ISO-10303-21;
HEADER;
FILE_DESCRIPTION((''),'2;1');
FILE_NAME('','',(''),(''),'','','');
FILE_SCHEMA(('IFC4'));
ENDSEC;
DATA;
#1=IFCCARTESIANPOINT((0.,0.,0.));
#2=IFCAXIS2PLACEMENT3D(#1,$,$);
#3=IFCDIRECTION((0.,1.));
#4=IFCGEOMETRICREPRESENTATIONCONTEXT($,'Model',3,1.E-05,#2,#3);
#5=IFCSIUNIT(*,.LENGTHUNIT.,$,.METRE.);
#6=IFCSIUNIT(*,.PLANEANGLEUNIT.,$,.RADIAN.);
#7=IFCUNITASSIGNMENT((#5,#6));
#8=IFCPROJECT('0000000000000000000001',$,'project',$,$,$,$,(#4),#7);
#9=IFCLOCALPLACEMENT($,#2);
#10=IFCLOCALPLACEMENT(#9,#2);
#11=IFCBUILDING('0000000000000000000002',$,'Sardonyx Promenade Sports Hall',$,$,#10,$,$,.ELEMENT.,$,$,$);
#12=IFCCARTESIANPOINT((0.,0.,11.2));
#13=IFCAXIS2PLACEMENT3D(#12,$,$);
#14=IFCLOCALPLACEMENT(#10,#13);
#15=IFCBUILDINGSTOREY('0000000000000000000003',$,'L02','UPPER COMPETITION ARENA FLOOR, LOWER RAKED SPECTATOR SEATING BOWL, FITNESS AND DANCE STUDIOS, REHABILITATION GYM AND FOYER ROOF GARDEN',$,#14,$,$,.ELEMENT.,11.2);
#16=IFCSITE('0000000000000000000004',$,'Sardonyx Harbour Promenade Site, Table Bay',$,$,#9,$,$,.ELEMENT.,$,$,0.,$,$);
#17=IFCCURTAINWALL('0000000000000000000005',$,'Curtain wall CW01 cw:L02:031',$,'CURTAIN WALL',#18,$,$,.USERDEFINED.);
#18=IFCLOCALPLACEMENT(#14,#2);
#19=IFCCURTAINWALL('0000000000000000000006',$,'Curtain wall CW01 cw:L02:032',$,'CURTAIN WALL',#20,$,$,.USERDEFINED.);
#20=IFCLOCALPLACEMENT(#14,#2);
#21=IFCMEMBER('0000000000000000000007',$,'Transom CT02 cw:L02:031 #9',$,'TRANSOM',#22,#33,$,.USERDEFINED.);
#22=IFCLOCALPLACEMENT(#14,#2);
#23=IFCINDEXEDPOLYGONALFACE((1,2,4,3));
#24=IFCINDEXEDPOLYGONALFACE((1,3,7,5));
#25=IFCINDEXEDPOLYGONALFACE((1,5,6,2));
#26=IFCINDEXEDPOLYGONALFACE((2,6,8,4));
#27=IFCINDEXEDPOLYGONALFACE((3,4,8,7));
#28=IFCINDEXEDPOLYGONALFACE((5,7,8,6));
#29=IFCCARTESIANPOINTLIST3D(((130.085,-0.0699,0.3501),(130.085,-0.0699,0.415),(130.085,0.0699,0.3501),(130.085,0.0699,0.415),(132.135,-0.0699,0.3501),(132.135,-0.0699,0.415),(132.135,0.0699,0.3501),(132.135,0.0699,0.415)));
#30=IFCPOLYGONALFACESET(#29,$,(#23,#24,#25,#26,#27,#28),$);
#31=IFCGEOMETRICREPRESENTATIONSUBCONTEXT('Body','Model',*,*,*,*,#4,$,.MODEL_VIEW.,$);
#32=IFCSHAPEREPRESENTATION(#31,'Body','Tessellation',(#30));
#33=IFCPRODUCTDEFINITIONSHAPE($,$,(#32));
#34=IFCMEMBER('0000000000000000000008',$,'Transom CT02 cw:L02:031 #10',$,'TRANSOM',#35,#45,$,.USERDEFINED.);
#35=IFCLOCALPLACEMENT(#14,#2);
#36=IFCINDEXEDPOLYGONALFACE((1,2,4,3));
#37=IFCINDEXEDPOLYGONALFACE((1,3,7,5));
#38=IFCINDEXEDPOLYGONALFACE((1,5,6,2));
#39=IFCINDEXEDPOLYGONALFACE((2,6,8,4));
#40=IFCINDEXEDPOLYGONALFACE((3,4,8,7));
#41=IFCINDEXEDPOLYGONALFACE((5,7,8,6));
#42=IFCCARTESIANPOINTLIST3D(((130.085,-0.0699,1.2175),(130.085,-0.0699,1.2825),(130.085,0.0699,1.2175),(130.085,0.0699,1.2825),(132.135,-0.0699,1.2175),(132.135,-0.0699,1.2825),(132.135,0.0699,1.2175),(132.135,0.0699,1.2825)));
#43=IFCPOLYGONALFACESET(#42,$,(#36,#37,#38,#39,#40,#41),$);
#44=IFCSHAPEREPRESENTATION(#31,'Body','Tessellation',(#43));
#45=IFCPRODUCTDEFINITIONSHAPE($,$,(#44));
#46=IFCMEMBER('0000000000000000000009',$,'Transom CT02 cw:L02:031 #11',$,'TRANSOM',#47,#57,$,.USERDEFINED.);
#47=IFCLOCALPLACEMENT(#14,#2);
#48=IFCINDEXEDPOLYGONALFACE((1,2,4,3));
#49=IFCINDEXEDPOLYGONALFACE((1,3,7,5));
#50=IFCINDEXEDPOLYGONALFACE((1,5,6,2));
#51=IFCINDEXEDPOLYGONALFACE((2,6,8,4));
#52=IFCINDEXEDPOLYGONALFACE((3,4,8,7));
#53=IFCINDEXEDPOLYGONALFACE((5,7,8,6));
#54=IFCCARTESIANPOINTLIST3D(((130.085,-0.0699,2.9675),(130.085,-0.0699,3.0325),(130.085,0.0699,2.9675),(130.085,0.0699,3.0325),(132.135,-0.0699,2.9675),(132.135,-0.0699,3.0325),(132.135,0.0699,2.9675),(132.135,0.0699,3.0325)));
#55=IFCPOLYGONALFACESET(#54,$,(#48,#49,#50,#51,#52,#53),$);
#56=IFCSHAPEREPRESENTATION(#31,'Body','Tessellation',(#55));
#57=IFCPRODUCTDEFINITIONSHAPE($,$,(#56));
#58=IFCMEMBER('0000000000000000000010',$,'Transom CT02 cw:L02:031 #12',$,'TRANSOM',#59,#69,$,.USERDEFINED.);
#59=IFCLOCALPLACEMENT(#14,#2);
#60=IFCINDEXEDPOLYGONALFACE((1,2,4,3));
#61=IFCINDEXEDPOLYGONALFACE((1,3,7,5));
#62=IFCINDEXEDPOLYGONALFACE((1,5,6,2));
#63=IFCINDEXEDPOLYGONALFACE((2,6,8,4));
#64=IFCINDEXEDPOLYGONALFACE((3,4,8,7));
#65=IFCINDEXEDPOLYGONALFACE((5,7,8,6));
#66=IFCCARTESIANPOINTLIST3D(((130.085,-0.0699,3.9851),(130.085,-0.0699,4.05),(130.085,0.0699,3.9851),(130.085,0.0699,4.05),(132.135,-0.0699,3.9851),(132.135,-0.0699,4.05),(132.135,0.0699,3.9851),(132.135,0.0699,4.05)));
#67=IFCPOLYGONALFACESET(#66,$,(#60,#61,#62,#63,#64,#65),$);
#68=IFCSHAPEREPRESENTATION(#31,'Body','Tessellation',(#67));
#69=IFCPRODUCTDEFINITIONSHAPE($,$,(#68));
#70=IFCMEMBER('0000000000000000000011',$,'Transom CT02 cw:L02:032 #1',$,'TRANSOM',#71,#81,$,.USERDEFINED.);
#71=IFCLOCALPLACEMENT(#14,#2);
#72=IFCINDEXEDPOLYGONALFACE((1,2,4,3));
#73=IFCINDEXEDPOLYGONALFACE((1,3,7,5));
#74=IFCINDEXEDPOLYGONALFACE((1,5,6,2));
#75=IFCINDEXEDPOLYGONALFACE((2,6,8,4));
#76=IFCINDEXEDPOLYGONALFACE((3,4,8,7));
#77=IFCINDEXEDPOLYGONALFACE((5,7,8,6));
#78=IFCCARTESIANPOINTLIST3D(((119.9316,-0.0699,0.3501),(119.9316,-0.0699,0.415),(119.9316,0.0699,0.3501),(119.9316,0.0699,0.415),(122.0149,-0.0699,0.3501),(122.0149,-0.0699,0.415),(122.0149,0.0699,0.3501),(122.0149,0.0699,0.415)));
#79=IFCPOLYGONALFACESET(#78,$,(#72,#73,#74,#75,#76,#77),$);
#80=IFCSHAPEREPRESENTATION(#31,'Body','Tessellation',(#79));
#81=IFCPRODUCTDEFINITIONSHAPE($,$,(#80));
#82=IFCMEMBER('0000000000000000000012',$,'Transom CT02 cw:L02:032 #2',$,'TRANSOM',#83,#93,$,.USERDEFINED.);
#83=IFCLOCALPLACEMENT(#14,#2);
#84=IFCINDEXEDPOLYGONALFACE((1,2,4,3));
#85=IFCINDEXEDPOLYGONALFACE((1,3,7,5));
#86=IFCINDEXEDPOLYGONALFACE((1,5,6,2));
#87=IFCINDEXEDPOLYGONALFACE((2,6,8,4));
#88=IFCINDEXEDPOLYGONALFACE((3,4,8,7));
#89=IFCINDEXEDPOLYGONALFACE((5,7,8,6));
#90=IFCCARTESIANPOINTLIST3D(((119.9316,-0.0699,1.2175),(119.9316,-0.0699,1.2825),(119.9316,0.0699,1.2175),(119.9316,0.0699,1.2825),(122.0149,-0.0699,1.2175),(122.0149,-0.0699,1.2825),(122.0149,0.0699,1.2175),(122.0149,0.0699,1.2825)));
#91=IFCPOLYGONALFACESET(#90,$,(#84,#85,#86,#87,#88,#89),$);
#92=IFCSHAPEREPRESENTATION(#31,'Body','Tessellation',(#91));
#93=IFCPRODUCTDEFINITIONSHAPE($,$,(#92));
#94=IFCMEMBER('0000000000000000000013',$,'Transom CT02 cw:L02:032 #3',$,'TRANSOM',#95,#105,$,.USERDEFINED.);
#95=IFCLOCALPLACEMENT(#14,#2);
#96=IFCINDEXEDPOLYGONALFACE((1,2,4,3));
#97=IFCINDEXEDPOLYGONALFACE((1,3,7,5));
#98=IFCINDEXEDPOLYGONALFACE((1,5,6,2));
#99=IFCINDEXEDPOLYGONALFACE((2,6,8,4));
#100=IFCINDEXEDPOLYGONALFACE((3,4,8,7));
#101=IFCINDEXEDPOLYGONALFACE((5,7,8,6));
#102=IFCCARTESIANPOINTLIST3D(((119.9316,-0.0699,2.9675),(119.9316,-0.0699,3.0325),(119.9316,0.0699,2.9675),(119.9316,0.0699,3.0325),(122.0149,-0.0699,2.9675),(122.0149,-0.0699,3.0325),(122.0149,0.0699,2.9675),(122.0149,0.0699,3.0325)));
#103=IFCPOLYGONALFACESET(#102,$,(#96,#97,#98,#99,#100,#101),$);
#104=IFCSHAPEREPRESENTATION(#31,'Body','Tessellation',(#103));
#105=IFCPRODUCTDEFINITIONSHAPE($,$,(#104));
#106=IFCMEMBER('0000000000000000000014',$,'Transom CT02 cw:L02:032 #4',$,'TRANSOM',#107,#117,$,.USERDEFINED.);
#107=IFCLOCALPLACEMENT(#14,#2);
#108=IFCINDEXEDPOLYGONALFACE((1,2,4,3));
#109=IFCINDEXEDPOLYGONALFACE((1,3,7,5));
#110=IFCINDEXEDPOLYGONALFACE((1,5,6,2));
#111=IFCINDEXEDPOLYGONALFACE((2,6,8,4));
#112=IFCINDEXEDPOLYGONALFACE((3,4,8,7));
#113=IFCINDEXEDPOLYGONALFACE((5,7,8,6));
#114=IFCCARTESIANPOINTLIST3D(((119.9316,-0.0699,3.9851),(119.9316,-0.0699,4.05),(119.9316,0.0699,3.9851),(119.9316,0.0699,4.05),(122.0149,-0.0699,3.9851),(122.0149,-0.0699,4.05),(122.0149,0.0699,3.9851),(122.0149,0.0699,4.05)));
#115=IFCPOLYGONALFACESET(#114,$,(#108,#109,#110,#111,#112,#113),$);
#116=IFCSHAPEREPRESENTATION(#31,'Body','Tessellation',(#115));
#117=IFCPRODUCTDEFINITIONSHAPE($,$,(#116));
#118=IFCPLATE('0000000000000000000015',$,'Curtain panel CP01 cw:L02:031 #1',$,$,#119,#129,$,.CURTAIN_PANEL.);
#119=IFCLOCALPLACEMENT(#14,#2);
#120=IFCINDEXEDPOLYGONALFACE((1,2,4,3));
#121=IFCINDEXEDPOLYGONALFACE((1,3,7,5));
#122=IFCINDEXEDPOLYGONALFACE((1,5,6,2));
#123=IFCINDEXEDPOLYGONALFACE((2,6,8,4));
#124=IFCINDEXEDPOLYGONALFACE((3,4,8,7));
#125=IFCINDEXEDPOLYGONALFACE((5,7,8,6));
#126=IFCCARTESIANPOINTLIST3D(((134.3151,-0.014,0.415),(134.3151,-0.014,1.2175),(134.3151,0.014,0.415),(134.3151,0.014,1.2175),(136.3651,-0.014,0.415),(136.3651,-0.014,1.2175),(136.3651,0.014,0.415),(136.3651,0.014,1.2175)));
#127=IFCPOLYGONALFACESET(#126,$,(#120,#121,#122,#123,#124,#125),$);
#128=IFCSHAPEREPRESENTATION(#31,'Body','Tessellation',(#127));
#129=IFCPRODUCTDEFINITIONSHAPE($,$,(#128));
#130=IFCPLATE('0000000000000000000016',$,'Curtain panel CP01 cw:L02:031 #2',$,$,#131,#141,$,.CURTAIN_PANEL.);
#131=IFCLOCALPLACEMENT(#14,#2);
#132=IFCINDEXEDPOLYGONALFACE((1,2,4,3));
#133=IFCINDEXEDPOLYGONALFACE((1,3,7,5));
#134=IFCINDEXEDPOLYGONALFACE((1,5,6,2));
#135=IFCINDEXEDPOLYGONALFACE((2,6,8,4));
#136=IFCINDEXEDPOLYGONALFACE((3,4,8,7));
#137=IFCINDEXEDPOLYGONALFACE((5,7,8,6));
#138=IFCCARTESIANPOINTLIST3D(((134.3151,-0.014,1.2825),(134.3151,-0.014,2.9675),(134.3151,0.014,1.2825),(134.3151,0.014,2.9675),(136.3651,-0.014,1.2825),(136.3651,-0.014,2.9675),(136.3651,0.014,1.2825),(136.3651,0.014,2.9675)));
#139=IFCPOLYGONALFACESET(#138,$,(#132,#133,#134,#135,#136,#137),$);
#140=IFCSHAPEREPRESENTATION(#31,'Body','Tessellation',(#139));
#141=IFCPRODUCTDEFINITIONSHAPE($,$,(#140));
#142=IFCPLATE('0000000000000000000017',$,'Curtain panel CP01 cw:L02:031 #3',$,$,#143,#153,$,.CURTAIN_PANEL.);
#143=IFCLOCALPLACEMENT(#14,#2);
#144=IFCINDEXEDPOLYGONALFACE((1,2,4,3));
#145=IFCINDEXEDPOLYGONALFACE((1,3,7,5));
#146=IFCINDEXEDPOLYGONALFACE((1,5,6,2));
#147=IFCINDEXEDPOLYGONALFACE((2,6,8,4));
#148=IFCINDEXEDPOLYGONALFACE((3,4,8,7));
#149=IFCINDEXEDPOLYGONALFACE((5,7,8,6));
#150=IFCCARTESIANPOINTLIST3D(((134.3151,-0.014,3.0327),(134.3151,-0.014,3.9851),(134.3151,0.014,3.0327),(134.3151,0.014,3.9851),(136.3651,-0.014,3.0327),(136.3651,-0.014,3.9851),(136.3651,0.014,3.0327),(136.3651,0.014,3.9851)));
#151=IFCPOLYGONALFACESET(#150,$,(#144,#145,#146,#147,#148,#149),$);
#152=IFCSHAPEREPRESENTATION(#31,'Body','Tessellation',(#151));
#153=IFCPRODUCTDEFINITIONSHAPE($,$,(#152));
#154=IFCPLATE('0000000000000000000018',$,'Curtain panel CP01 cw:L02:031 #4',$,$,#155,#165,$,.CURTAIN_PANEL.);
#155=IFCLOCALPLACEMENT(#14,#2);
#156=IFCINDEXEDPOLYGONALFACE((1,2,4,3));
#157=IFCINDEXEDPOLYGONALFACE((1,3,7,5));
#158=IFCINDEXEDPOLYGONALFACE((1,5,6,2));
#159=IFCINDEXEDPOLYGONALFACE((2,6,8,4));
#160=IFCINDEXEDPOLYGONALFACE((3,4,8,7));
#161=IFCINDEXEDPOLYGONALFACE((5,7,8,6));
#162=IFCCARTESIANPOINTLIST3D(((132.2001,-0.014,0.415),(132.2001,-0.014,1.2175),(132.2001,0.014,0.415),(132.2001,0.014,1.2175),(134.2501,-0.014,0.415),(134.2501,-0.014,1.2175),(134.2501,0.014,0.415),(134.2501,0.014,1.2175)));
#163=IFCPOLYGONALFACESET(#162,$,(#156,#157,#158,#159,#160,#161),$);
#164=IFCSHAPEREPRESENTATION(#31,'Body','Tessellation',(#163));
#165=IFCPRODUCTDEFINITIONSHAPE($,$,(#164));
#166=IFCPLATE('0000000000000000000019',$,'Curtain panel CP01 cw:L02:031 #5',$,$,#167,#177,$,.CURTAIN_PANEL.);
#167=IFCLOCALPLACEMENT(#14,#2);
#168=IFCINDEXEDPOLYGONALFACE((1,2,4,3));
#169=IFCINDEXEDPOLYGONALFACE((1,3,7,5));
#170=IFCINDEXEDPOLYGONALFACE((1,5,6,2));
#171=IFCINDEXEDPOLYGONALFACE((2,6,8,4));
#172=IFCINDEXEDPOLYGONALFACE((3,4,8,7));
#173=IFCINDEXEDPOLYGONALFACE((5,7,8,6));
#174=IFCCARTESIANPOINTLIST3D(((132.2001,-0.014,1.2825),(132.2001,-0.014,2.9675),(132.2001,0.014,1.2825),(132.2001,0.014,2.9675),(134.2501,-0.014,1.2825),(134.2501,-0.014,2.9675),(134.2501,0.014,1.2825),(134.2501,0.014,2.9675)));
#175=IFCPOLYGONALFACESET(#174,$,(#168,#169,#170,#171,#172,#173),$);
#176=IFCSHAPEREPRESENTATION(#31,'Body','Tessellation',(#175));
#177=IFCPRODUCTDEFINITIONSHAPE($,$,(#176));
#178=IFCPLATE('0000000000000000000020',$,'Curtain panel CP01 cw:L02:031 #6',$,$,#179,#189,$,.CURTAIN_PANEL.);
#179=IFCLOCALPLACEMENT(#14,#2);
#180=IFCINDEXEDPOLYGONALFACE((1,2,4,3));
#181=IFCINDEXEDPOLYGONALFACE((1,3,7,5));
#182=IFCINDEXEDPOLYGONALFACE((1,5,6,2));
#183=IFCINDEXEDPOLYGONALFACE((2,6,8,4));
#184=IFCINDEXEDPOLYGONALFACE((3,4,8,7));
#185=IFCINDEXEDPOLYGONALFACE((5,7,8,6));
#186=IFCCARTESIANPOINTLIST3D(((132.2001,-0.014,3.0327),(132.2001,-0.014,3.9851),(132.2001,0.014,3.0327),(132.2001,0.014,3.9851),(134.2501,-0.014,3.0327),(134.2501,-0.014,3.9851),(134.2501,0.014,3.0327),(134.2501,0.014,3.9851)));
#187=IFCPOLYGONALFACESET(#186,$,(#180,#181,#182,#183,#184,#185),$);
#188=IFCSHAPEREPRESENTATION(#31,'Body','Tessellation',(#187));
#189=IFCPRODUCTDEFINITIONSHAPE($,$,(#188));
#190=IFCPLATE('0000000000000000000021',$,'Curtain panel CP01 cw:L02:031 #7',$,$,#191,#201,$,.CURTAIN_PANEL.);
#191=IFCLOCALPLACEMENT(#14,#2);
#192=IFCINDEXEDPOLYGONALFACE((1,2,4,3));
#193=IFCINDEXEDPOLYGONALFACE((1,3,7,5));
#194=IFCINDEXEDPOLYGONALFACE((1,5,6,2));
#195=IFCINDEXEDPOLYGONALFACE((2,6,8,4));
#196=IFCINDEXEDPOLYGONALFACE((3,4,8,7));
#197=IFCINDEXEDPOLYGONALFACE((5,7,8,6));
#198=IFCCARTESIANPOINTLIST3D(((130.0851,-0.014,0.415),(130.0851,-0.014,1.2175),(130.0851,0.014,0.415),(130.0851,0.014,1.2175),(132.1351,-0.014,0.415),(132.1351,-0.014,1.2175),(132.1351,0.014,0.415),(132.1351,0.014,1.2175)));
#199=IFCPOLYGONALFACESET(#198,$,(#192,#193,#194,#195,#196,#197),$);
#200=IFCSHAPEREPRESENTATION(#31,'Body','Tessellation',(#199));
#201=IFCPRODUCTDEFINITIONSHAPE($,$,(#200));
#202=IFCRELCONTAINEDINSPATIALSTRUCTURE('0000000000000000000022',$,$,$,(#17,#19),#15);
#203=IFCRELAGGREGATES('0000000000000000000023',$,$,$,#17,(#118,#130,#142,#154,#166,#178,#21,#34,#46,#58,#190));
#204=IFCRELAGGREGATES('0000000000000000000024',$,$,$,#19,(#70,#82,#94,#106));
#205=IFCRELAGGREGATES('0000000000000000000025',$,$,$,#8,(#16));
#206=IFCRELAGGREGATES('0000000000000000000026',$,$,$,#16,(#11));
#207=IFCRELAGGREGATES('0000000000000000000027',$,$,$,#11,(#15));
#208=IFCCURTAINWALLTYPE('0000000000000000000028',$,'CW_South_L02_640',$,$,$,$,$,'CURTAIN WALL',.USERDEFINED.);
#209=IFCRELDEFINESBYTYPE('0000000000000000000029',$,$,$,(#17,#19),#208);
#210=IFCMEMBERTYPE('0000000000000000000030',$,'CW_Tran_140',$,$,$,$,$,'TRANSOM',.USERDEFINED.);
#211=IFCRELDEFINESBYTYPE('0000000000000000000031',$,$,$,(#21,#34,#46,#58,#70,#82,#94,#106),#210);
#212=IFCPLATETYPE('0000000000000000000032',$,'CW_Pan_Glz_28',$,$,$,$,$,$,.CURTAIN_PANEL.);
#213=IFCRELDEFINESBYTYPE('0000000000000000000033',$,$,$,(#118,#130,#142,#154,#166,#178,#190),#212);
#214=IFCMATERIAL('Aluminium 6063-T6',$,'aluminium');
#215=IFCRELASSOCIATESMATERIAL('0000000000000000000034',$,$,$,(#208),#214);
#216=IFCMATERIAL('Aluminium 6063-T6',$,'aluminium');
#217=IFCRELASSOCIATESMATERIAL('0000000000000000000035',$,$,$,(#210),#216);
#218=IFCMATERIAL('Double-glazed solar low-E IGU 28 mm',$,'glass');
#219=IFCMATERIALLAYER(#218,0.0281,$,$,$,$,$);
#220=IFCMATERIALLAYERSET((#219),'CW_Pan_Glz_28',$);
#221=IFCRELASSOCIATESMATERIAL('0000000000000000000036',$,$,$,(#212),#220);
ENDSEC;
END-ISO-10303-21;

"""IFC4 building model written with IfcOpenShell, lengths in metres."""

from ifc_helpers import new_model, si_unit, direction, frame, origin, origin_2d, place, context, subcontext, project, spatial, rectangle, extrude, material, layer, layer_set, material_profile, profile_set, type_object, element, aggregate, save


model = new_model("IFC4")

# Units and contexts
model_context = context("Model", 3, precision=1e-05, world=origin(), true_north=direction((0.0, 1.0)))
body_context = subcontext(model_context, "Body", "Model", "MODEL_VIEW")
ifc_project = project(units=[si_unit("LENGTHUNIT", "METRE"), si_unit("PLANEANGLEUNIT", "RADIAN")], contexts=[model_context])

# Site, building, storey
site_placement = place(None, origin())
site = spatial("IfcSite", under=ifc_project, at=site_placement, Name="Sardonyx Harbour Promenade Site, Table Bay", CompositionType="ELEMENT", RefElevation=0.0)
building_placement = place(site_placement, origin())
building = spatial("IfcBuilding", under=site, at=building_placement, Name="Sardonyx Promenade Sports Hall", CompositionType="ELEMENT")
storey_placement = place(building_placement, frame((0.0, 0.0, 11.2)))
storey = spatial("IfcBuildingStorey", under=building, at=storey_placement, Name="L02", Description="UPPER COMPETITION ARENA FLOOR, LOWER RAKED SPECTATOR SEATING BOWL, FITNESS AND DANCE STUDIOS, REHABILITATION GYM AND FOYER ROOF GARDEN", CompositionType="ELEMENT", Elevation=11.2)

# Curtain wall
ifc_material_1 = material(Name="Aluminium 6063-T6", Category="aluminium")
curtain_wall_type = type_object("IfcCurtainWallType", Name="CW_South_L02_640", ElementType="CURTAIN WALL", PredefinedType="USERDEFINED", material=ifc_material_1)
curtain_wall_1_placement = place(storey_placement, origin())
curtain_wall_1 = element("IfcCurtainWall", 1, at=curtain_wall_1_placement, inside=storey, type_object=curtain_wall_type, Name="Curtain wall CW01 cw:L02:031", ObjectType="CURTAIN WALL", PredefinedType="USERDEFINED")

# Curtain wall
curtain_wall_2_placement = place(storey_placement, origin())
curtain_wall_2 = element("IfcCurtainWall", 2, at=curtain_wall_2_placement, inside=storey, type_object=curtain_wall_type, Name="Curtain wall CW01 cw:L02:032", ObjectType="CURTAIN WALL", PredefinedType="USERDEFINED")

# Members
ifc_material_2 = material(Name="Aluminium 6063-T6", Category="aluminium")
ifc_material_profile_1 = material_profile(ifc_material_2, rectangle(XDim=0.0649, YDim=0.1399, at=origin_2d()))
ifc_profile_set_1 = profile_set([ifc_material_profile_1], Name="Aluminium 6063-T6")
member_type_1 = type_object("IfcMemberType", Name="CW_Tran_140", ElementType="TRANSOM", PredefinedType="USERDEFINED", material=ifc_profile_set_1)
member_1_placement = place(storey_placement, frame((132.135, 0.0, 0.3826), z_axis=(-1.0, 0.0, 0.0), x_axis=(0.0, 0.0, 1.0)))
member_1 = element("IfcMember", 3, at=member_1_placement, type_object=member_type_1, Name="Transom CT02 cw:L02:031 #9", ObjectType="TRANSOM", PredefinedType="USERDEFINED", context=body_context, shape_type="SweptSolid", body=[
    extrude(rectangle(XDim=0.0649, YDim=0.1399, at=origin_2d()), origin(), (0.0, 0.0, 1.0), 2.05),
])
member_2_placement = place(storey_placement, frame((132.135, 0.0, 1.25), z_axis=(-1.0, 0.0, 0.0), x_axis=(0.0, 0.0, 1.0)))
member_2 = element("IfcMember", 4, at=member_2_placement, type_object=member_type_1, Name="Transom CT02 cw:L02:031 #10", ObjectType="TRANSOM", PredefinedType="USERDEFINED", context=body_context, shape_type="SweptSolid", body=[
    extrude(rectangle(XDim=0.0649, YDim=0.1399, at=origin_2d()), origin(), (0.0, 0.0, 1.0), 2.05),
])
member_3_placement = place(storey_placement, frame((132.135, 0.0, 3.0), z_axis=(-1.0, 0.0, 0.0), x_axis=(0.0, 0.0, 1.0)))
member_3 = element("IfcMember", 5, at=member_3_placement, type_object=member_type_1, Name="Transom CT02 cw:L02:031 #11", ObjectType="TRANSOM", PredefinedType="USERDEFINED", context=body_context, shape_type="SweptSolid", body=[
    extrude(rectangle(XDim=0.0649, YDim=0.1399, at=origin_2d()), origin(), (0.0, 0.0, 1.0), 2.05),
])
member_4_placement = place(storey_placement, frame((132.135, 0.0, 4.0176), z_axis=(-1.0, 0.0, 0.0), x_axis=(0.0, 0.0, 1.0)))
member_4 = element("IfcMember", 6, at=member_4_placement, type_object=member_type_1, Name="Transom CT02 cw:L02:031 #12", ObjectType="TRANSOM", PredefinedType="USERDEFINED", context=body_context, shape_type="SweptSolid", body=[
    extrude(rectangle(XDim=0.0649, YDim=0.1399, at=origin_2d()), origin(), (0.0, 0.0, 1.0), 2.05),
])
member_5_placement = place(storey_placement, frame((122.0149, 0.0, 0.3826), z_axis=(-1.0, 0.0, 0.0), x_axis=(0.0, 0.0, 1.0)))
member_5 = element("IfcMember", 7, at=member_5_placement, type_object=member_type_1, Name="Transom CT02 cw:L02:032 #1", ObjectType="TRANSOM", PredefinedType="USERDEFINED", context=body_context, shape_type="SweptSolid", body=[
    extrude(rectangle(XDim=0.0649, YDim=0.1399, at=origin_2d()), origin(), (0.0, 0.0, 1.0), 2.0833),
])
member_6_placement = place(storey_placement, frame((122.0149, 0.0, 1.25), z_axis=(-1.0, 0.0, 0.0), x_axis=(0.0, 0.0, 1.0)))
member_6 = element("IfcMember", 8, at=member_6_placement, type_object=member_type_1, Name="Transom CT02 cw:L02:032 #2", ObjectType="TRANSOM", PredefinedType="USERDEFINED", context=body_context, shape_type="SweptSolid", body=[
    extrude(rectangle(XDim=0.0649, YDim=0.1399, at=origin_2d()), origin(), (0.0, 0.0, 1.0), 2.0833),
])
member_7_placement = place(storey_placement, frame((122.0149, 0.0, 3.0), z_axis=(-1.0, 0.0, 0.0), x_axis=(0.0, 0.0, 1.0)))
member_7 = element("IfcMember", 9, at=member_7_placement, type_object=member_type_1, Name="Transom CT02 cw:L02:032 #3", ObjectType="TRANSOM", PredefinedType="USERDEFINED", context=body_context, shape_type="SweptSolid", body=[
    extrude(rectangle(XDim=0.0649, YDim=0.1399, at=origin_2d()), origin(), (0.0, 0.0, 1.0), 2.0833),
])
member_8_placement = place(storey_placement, frame((122.0149, 0.0, 4.0176), z_axis=(-1.0, 0.0, 0.0), x_axis=(0.0, 0.0, 1.0)))
member_8 = element("IfcMember", 10, at=member_8_placement, type_object=member_type_1, Name="Transom CT02 cw:L02:032 #4", ObjectType="TRANSOM", PredefinedType="USERDEFINED", context=body_context, shape_type="SweptSolid", body=[
    extrude(rectangle(XDim=0.0649, YDim=0.1399, at=origin_2d()), origin(), (0.0, 0.0, 1.0), 2.0833),
])

# Plates
ifc_material_3 = material(Name="Double-glazed solar low-E IGU 28 mm", Category="glass")
ifc_layer_1 = layer(ifc_material_3, 0.0281)
ifc_layer_set_1 = layer_set([ifc_layer_1], Name="CW_Pan_Glz_28")
plate_type = type_object("IfcPlateType", Name="CW_Pan_Glz_28", PredefinedType="CURTAIN_PANEL", material=ifc_layer_set_1)
plate_1_placement = place(storey_placement, frame((135.3401, 0.0, 0.415), z_axis=(0.0, 0.0, 1.0), x_axis=(-1.0, 0.0, 0.0)))
plate_1 = element("IfcPlate", 11, at=plate_1_placement, type_object=plate_type, Name="Curtain panel CP01 cw:L02:031 #1", PredefinedType="CURTAIN_PANEL", context=body_context, shape_type="SweptSolid", body=[
    extrude(rectangle(XDim=2.05, YDim=0.0281, at=origin_2d()), origin(), (0.0, 0.0, 1.0), 0.8025),
])
plate_2_placement = place(storey_placement, frame((135.3401, 0.0, 1.2825), z_axis=(0.0, 0.0, 1.0), x_axis=(-1.0, 0.0, 0.0)))
plate_2 = element("IfcPlate", 12, at=plate_2_placement, type_object=plate_type, Name="Curtain panel CP01 cw:L02:031 #2", PredefinedType="CURTAIN_PANEL", context=body_context, shape_type="SweptSolid", body=[
    extrude(rectangle(XDim=2.05, YDim=0.0281, at=origin_2d()), origin(), (0.0, 0.0, 1.0), 1.6851),
])
plate_3_placement = place(storey_placement, frame((135.3401, 0.0, 3.0327), z_axis=(0.0, 0.0, 1.0), x_axis=(-1.0, 0.0, 0.0)))
plate_3 = element("IfcPlate", 13, at=plate_3_placement, type_object=plate_type, Name="Curtain panel CP01 cw:L02:031 #3", PredefinedType="CURTAIN_PANEL", context=body_context, shape_type="SweptSolid", body=[
    extrude(rectangle(XDim=2.05, YDim=0.0281, at=origin_2d()), origin(), (0.0, 0.0, 1.0), 0.9524),
])
plate_4_placement = place(storey_placement, frame((133.2251, 0.0, 0.415), z_axis=(0.0, 0.0, 1.0), x_axis=(-1.0, 0.0, 0.0)))
plate_4 = element("IfcPlate", 14, at=plate_4_placement, type_object=plate_type, Name="Curtain panel CP01 cw:L02:031 #4", PredefinedType="CURTAIN_PANEL", context=body_context, shape_type="SweptSolid", body=[
    extrude(rectangle(XDim=2.05, YDim=0.0281, at=origin_2d()), origin(), (0.0, 0.0, 1.0), 0.8025),
])
plate_5_placement = place(storey_placement, frame((133.2251, 0.0, 1.2825), z_axis=(0.0, 0.0, 1.0), x_axis=(-1.0, 0.0, 0.0)))
plate_5 = element("IfcPlate", 15, at=plate_5_placement, type_object=plate_type, Name="Curtain panel CP01 cw:L02:031 #5", PredefinedType="CURTAIN_PANEL", context=body_context, shape_type="SweptSolid", body=[
    extrude(rectangle(XDim=2.05, YDim=0.0281, at=origin_2d()), origin(), (0.0, 0.0, 1.0), 1.6851),
])
plate_6_placement = place(storey_placement, frame((133.2251, 0.0, 3.0327), z_axis=(0.0, 0.0, 1.0), x_axis=(-1.0, 0.0, 0.0)))
plate_6 = element("IfcPlate", 16, at=plate_6_placement, type_object=plate_type, Name="Curtain panel CP01 cw:L02:031 #6", PredefinedType="CURTAIN_PANEL", context=body_context, shape_type="SweptSolid", body=[
    extrude(rectangle(XDim=2.05, YDim=0.0281, at=origin_2d()), origin(), (0.0, 0.0, 1.0), 0.9524),
])
plate_7_placement = place(storey_placement, frame((131.1101, 0.0, 0.415), z_axis=(0.0, 0.0, 1.0), x_axis=(-1.0, 0.0, 0.0)))
plate_7 = element("IfcPlate", 17, at=plate_7_placement, type_object=plate_type, Name="Curtain panel CP01 cw:L02:031 #7", PredefinedType="CURTAIN_PANEL", context=body_context, shape_type="SweptSolid", body=[
    extrude(rectangle(XDim=2.05, YDim=0.0281, at=origin_2d()), origin(), (0.0, 0.0, 1.0), 0.8025),
])
aggregate(curtain_wall_1, [plate_1, plate_2, plate_3, plate_4, plate_5, plate_6, member_1, member_2, member_3, member_4, plate_7])
aggregate(curtain_wall_2, [member_5, member_6, member_7, member_8])

save(model, "model.ifc")
